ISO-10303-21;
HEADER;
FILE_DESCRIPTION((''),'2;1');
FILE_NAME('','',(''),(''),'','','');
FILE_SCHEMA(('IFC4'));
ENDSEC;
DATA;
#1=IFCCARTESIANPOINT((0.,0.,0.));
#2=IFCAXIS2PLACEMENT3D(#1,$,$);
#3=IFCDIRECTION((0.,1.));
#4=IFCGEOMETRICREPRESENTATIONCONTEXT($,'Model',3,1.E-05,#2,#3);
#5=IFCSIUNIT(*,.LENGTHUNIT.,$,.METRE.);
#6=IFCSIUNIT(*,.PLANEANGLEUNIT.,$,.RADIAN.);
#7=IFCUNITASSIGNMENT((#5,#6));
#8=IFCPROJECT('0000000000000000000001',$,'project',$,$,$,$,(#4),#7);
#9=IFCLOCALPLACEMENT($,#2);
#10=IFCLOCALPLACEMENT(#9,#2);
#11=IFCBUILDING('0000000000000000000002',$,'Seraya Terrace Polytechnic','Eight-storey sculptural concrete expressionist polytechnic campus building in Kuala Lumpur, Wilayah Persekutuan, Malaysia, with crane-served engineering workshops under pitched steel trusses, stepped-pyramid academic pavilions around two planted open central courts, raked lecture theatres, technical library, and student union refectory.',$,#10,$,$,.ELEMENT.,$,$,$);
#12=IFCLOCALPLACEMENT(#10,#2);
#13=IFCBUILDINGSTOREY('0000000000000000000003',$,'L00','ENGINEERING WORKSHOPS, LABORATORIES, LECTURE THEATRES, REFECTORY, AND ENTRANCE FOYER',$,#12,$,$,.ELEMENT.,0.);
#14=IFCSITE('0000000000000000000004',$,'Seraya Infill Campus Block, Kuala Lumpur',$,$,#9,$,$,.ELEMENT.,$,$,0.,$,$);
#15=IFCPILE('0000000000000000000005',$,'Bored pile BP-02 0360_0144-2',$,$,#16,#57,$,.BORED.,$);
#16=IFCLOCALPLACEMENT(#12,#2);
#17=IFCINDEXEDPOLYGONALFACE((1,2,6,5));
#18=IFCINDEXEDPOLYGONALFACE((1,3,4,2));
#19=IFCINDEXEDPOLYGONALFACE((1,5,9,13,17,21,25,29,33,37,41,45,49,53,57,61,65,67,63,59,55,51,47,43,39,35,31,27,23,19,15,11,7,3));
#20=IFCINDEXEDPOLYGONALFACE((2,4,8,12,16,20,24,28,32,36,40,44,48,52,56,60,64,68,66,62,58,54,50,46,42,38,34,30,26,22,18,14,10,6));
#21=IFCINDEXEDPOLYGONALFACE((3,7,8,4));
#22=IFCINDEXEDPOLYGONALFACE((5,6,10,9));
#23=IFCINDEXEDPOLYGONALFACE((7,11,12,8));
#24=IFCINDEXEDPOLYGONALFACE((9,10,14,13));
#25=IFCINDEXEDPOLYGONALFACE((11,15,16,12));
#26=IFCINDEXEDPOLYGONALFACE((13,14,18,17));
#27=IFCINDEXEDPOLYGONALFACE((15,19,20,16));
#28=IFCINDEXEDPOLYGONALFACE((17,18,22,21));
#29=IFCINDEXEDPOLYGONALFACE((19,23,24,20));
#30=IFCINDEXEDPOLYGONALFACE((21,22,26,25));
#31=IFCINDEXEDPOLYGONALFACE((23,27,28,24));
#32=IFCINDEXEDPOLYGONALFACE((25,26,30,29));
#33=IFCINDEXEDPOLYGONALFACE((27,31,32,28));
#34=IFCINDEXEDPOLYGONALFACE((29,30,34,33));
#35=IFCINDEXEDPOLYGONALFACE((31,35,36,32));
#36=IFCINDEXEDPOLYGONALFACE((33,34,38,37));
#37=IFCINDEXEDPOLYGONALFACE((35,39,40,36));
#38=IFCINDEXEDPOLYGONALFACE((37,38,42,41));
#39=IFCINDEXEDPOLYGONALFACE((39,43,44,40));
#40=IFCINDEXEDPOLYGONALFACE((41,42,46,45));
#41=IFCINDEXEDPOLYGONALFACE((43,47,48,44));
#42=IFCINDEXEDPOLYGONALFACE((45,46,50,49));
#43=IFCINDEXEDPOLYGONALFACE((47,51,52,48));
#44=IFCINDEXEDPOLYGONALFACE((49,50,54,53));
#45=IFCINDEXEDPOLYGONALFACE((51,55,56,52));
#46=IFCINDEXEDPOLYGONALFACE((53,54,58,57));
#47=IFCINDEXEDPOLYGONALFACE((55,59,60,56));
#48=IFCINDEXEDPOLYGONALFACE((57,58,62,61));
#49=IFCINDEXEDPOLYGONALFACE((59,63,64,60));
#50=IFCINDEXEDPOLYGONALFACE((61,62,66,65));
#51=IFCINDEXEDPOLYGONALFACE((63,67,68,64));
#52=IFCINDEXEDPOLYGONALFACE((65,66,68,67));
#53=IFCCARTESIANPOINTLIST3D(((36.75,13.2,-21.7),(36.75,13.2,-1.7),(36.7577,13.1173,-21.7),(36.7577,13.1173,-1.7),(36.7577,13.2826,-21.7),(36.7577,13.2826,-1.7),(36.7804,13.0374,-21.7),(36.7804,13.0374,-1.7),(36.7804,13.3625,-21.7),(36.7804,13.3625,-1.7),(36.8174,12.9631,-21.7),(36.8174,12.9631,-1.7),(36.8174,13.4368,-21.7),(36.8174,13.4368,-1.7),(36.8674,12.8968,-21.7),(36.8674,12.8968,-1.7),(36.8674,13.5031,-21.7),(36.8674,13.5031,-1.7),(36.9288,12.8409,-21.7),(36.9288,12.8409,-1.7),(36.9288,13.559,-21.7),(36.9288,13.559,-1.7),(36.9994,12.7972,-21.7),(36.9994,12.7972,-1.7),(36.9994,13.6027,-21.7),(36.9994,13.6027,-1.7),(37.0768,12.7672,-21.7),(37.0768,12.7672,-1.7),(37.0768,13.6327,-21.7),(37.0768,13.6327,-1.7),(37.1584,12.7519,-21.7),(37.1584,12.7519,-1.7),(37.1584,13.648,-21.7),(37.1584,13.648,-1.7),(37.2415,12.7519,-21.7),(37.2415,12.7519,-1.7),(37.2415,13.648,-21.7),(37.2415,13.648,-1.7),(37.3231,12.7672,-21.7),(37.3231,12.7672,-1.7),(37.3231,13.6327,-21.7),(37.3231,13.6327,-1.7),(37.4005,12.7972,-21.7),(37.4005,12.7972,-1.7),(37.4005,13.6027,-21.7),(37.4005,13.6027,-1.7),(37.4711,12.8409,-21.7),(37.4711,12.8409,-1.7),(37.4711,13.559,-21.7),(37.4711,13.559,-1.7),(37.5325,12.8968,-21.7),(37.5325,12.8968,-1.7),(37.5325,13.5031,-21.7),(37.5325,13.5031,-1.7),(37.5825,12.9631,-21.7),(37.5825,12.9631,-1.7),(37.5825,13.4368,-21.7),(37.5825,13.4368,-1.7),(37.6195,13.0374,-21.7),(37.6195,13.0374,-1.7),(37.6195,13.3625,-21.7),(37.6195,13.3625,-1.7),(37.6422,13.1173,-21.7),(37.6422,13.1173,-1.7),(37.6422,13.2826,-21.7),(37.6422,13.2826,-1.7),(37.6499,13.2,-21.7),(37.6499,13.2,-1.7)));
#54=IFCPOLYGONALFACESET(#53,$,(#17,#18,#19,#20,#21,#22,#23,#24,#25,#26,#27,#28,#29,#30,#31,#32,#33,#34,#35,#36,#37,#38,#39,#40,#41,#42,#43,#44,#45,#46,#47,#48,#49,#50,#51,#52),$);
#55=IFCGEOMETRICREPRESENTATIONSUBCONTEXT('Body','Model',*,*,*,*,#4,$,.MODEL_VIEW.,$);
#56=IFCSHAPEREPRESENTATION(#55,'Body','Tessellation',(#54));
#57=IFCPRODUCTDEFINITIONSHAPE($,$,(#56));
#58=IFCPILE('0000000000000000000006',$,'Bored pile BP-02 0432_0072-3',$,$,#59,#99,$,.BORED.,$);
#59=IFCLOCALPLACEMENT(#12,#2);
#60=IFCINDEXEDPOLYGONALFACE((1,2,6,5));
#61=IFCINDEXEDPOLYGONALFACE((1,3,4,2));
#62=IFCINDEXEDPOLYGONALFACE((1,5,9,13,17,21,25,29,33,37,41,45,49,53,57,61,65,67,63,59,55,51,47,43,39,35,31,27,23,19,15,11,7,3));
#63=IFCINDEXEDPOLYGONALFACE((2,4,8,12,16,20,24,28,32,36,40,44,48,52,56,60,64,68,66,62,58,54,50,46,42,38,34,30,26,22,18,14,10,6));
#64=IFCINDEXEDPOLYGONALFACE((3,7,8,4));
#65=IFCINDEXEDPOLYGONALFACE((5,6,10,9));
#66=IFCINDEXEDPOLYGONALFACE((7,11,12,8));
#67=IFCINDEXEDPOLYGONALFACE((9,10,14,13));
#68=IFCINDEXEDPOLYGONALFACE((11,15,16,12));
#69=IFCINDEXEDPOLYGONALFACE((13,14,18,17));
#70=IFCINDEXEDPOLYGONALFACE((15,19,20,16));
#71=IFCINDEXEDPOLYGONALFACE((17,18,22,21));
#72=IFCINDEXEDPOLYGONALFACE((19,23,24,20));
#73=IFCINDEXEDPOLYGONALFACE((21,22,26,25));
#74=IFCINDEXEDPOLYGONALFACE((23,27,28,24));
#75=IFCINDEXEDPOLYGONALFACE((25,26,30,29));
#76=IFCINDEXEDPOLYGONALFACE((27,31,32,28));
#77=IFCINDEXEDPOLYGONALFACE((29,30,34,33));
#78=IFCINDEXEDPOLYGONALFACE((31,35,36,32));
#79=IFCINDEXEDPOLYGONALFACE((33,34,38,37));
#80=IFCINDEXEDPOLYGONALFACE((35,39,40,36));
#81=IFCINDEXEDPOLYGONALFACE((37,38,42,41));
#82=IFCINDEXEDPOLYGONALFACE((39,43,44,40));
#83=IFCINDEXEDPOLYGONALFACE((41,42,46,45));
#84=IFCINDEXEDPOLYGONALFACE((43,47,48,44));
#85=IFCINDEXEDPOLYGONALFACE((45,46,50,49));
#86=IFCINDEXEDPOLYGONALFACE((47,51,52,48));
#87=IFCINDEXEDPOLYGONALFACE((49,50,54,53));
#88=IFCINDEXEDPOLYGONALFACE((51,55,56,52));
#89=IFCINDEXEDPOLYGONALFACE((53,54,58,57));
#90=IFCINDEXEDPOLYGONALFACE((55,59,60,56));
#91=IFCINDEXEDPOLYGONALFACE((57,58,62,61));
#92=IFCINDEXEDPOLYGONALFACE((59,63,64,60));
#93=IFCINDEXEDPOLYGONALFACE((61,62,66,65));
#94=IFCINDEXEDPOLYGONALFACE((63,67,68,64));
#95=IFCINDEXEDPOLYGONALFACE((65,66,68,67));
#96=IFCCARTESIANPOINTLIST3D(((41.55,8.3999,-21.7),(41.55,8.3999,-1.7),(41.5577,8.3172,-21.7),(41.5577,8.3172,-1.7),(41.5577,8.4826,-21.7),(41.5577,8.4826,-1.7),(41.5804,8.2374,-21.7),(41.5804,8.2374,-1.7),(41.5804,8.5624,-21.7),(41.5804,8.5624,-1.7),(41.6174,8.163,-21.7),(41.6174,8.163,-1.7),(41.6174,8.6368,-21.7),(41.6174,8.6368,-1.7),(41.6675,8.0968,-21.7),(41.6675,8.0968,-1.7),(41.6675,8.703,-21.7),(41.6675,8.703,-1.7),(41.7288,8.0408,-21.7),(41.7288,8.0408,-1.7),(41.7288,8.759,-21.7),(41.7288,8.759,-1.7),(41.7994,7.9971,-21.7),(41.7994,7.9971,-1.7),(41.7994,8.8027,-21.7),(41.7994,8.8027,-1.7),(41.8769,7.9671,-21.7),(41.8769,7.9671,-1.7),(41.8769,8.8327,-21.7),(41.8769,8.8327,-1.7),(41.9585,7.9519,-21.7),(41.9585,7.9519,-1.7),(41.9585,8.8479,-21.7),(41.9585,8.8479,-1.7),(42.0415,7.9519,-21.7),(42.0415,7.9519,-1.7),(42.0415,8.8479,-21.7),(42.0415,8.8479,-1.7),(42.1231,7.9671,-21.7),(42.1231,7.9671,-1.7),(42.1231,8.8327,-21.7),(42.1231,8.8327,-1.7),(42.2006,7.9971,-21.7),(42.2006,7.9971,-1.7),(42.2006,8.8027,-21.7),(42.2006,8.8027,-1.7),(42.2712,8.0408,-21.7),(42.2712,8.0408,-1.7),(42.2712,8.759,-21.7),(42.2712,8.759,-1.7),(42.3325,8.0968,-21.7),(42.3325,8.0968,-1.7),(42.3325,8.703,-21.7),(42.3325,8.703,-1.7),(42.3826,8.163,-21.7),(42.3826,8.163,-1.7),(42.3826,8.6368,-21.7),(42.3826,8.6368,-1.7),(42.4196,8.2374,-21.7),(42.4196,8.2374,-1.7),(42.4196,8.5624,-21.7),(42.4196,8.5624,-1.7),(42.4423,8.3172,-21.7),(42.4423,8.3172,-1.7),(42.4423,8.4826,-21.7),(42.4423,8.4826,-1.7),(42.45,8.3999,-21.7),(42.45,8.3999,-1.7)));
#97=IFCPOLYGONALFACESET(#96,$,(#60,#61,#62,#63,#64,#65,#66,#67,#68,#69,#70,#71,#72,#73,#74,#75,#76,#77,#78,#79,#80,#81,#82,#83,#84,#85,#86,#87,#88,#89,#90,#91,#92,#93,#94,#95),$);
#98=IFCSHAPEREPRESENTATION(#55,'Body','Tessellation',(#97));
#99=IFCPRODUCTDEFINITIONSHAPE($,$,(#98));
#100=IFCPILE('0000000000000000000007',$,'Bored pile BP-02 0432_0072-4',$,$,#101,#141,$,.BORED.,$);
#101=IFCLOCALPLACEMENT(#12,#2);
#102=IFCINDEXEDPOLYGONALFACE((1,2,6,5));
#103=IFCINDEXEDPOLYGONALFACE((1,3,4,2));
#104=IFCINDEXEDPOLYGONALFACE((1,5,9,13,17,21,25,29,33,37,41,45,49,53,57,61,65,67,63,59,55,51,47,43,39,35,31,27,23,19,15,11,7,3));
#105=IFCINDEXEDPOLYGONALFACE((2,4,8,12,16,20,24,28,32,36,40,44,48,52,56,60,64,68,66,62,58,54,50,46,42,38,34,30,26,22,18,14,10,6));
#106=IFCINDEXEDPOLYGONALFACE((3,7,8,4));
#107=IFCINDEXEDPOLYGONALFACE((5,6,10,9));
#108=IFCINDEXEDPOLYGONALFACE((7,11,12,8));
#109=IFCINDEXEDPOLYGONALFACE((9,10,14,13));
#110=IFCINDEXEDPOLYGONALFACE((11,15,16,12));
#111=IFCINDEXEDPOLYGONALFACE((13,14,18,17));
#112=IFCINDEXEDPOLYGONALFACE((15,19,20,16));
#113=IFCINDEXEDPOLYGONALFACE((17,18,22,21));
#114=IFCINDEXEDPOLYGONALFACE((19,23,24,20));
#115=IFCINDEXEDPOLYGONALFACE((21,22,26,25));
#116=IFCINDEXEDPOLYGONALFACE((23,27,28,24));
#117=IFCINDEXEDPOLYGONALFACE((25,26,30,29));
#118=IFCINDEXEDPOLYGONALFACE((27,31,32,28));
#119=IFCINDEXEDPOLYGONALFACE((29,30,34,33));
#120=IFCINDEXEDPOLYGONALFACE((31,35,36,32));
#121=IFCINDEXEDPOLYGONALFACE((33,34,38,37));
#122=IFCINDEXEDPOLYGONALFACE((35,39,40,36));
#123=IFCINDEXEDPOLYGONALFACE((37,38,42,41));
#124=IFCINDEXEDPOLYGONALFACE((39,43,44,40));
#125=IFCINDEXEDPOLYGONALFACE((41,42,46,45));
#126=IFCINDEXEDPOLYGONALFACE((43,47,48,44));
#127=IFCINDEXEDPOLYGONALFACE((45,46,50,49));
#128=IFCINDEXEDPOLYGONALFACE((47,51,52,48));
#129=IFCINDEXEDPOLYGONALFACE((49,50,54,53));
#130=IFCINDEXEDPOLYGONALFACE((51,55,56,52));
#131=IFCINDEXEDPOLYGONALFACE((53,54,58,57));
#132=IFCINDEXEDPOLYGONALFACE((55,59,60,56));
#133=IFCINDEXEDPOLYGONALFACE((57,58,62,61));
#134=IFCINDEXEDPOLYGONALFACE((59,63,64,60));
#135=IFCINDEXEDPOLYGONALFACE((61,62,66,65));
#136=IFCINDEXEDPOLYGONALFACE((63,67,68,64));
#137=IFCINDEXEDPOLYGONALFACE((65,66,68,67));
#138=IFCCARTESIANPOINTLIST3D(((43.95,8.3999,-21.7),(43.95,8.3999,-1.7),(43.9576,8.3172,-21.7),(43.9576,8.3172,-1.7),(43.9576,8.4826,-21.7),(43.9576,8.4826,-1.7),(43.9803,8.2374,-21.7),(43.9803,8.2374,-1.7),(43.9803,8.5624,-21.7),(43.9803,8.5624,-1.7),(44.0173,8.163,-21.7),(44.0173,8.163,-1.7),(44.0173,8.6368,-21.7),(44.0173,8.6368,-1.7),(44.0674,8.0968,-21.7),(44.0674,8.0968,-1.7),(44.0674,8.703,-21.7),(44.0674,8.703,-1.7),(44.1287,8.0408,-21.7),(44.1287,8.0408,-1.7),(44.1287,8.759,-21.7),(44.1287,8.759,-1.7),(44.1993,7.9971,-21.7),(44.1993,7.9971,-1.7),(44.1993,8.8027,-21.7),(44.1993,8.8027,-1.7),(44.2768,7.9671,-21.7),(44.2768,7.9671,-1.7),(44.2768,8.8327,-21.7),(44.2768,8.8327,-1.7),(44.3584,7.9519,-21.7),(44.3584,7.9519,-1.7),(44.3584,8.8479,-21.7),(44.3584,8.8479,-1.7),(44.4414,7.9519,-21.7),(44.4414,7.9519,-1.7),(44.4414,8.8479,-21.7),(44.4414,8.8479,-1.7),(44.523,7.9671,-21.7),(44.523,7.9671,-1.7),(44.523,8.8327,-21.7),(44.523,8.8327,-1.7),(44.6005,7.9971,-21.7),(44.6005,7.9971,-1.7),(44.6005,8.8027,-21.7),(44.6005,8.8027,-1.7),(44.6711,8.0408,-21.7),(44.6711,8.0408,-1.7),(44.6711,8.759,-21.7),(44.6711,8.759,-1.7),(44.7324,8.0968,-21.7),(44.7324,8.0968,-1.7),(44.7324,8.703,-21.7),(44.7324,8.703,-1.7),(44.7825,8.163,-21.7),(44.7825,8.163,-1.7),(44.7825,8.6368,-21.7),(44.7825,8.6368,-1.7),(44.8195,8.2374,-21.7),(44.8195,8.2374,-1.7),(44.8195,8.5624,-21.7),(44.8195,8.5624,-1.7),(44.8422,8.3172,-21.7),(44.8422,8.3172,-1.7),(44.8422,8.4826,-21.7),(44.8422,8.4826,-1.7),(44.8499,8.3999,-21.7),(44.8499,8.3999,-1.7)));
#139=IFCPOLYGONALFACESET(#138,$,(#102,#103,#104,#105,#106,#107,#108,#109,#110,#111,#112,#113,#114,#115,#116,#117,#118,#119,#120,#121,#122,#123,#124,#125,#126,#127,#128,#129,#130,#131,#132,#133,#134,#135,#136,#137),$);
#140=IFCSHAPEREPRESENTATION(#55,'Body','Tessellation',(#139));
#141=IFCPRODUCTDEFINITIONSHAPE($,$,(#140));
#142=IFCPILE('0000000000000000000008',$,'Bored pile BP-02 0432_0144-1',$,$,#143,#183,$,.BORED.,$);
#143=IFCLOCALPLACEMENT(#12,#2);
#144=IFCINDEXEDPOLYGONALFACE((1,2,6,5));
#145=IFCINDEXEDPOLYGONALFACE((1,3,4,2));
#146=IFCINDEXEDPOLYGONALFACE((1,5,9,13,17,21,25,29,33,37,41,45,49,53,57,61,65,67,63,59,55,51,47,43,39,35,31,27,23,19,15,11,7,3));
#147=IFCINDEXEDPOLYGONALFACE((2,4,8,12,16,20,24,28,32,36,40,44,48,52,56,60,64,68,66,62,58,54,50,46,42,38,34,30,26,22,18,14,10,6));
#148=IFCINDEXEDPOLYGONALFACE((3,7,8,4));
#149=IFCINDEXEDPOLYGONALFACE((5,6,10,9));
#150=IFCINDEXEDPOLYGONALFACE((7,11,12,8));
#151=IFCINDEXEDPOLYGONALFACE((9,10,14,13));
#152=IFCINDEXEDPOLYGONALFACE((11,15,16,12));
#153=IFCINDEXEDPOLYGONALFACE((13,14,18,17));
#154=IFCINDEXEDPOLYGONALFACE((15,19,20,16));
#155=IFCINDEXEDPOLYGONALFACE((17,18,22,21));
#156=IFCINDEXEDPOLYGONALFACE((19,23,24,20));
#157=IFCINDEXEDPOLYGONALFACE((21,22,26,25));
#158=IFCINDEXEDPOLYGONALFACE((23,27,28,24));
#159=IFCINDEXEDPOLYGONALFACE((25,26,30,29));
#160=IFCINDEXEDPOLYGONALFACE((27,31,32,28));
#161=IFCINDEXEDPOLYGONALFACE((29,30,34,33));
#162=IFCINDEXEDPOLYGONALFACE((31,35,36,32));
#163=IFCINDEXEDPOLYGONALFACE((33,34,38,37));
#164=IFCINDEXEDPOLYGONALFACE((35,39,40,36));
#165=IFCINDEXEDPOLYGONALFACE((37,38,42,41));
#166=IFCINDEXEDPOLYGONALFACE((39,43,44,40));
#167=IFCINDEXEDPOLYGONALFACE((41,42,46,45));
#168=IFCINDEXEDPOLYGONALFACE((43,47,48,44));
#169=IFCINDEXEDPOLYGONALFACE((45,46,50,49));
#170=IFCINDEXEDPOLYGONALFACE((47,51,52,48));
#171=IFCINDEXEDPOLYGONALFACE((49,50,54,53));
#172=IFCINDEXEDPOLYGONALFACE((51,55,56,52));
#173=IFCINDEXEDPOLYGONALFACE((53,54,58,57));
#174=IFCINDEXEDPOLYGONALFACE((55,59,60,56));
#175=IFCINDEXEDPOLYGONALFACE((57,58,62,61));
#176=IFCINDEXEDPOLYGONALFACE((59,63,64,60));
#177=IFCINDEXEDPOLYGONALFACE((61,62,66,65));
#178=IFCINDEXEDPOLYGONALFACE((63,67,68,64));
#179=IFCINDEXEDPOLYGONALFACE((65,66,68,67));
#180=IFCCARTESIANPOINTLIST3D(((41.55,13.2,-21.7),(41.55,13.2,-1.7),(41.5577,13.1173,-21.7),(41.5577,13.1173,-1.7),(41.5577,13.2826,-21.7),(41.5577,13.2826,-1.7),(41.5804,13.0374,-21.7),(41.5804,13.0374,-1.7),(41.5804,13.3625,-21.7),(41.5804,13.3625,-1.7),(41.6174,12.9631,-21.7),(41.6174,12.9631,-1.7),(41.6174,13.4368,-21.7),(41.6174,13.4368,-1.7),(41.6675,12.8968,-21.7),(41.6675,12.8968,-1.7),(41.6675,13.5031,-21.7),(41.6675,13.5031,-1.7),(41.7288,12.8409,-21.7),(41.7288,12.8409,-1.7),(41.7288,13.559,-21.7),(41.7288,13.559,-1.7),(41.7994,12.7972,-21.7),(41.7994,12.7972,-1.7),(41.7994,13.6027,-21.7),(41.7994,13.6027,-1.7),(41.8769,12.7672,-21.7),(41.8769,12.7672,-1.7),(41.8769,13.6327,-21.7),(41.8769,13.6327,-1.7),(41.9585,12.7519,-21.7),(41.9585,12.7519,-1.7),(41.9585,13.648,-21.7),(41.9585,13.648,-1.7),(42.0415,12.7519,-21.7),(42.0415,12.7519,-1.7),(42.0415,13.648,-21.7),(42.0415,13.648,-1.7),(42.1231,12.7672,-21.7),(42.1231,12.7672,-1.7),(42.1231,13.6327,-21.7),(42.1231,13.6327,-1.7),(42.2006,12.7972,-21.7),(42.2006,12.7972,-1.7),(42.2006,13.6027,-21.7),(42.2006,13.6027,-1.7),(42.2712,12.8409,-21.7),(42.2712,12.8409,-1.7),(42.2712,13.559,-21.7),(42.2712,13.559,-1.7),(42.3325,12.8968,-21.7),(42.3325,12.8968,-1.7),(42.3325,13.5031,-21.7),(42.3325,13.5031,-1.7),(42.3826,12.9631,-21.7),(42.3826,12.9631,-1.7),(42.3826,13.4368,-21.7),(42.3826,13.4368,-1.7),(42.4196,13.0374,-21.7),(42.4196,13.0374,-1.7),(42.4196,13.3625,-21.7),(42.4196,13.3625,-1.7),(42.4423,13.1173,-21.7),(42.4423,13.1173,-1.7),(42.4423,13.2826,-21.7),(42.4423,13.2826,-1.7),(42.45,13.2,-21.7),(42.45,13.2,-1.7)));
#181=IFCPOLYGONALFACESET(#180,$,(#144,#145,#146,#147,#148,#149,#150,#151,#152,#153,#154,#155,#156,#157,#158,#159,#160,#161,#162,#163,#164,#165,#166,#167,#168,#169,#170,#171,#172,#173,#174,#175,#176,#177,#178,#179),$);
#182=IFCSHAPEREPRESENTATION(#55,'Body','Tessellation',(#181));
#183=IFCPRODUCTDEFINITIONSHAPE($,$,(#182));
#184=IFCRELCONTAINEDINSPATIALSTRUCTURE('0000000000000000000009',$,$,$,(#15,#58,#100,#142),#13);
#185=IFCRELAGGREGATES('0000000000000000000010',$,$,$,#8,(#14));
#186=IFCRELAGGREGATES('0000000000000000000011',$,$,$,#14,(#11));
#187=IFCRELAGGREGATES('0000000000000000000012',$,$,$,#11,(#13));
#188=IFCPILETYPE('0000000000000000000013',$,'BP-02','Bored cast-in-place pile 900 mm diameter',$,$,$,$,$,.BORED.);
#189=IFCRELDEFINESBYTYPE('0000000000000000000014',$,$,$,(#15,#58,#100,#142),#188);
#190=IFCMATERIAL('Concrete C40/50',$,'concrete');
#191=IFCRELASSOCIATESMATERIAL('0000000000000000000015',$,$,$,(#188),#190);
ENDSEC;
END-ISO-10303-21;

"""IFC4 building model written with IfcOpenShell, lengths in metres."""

from ifc_helpers import new_model, si_unit, direction, frame, origin, origin_2d, place, context, subcontext, project, spatial, circle, extrude, material, material_profile, profile_set, type_object, element, save


model = new_model("IFC4")

# Units and contexts
model_context = context("Model", 3, precision=1e-05, world=origin(), true_north=direction((0.0, 1.0)))
body_context = subcontext(model_context, "Body", "Model", "MODEL_VIEW")
ifc_project = project(units=[si_unit("LENGTHUNIT", "METRE"), si_unit("PLANEANGLEUNIT", "RADIAN")], contexts=[model_context])

# Site, building, storey
site_placement = place(None, origin())
site = spatial("IfcSite", under=ifc_project, at=site_placement, Name="Seraya Infill Campus Block, Kuala Lumpur", CompositionType="ELEMENT", RefElevation=0.0)
building_placement = place(site_placement, origin())
building = spatial("IfcBuilding", under=site, at=building_placement, Name="Seraya Terrace Polytechnic", Description="Eight-storey sculptural concrete expressionist polytechnic campus building in Kuala Lumpur, Wilayah Persekutuan, Malaysia, with crane-served engineering workshops under pitched steel trusses, stepped-pyramid academic pavilions around two planted open central courts, raked lecture theatres, technical library, and student union refectory.", CompositionType="ELEMENT")
storey_placement = place(building_placement, origin())
storey = spatial("IfcBuildingStorey", under=building, at=storey_placement, Name="L00", Description="ENGINEERING WORKSHOPS, LABORATORIES, LECTURE THEATRES, REFECTORY, AND ENTRANCE FOYER", CompositionType="ELEMENT", Elevation=0.0)

# Piles
ifc_material_1 = material(Name="Concrete C40/50", Category="concrete")
ifc_material_profile_1 = material_profile(ifc_material_1, circle(Radius=0.45, at=origin_2d()), Name="DIA 900")
ifc_profile_set_1 = profile_set([ifc_material_profile_1], Name="Concrete C40/50")
pile_type_1 = type_object("IfcPileType", Name="BP-02", Description="Bored cast-in-place pile 900 mm diameter", PredefinedType="BORED", material=ifc_profile_set_1)
for number, where, z_axis, x_axis, name in (
    (1, (37.2, 13.2, -1.7), (0.0, 0.0, -1.0), (1.0, 0.0, 0.0), "Bored pile BP-02 0360_0144-2"),
    (2, (42.0, 8.3999, -1.7), (0.0, 0.0, -1.0), (1.0, 0.0, 0.0), "Bored pile BP-02 0432_0072-3"),
    (3, (44.3999, 8.3999, -1.7), (0.0, 0.0, -1.0), (1.0, 0.0, 0.0), "Bored pile BP-02 0432_0072-4"),
    (4, (42.0, 13.2, -1.7), (0.0, 0.0, -1.0), (1.0, 0.0, 0.0), "Bored pile BP-02 0432_0144-1"),
):
    element("IfcPile", number, at=place(storey_placement, frame(where, z_axis=z_axis, x_axis=x_axis)), inside=storey, type_object=pile_type_1, Name=name, PredefinedType="BORED", context=body_context, shape_type="SweptSolid", body=[
        extrude(circle(Radius=0.45, at=origin_2d()), origin(), (0.0, 0.0, 1.0), 20.0),
    ])

save(model, "model.ifc")
